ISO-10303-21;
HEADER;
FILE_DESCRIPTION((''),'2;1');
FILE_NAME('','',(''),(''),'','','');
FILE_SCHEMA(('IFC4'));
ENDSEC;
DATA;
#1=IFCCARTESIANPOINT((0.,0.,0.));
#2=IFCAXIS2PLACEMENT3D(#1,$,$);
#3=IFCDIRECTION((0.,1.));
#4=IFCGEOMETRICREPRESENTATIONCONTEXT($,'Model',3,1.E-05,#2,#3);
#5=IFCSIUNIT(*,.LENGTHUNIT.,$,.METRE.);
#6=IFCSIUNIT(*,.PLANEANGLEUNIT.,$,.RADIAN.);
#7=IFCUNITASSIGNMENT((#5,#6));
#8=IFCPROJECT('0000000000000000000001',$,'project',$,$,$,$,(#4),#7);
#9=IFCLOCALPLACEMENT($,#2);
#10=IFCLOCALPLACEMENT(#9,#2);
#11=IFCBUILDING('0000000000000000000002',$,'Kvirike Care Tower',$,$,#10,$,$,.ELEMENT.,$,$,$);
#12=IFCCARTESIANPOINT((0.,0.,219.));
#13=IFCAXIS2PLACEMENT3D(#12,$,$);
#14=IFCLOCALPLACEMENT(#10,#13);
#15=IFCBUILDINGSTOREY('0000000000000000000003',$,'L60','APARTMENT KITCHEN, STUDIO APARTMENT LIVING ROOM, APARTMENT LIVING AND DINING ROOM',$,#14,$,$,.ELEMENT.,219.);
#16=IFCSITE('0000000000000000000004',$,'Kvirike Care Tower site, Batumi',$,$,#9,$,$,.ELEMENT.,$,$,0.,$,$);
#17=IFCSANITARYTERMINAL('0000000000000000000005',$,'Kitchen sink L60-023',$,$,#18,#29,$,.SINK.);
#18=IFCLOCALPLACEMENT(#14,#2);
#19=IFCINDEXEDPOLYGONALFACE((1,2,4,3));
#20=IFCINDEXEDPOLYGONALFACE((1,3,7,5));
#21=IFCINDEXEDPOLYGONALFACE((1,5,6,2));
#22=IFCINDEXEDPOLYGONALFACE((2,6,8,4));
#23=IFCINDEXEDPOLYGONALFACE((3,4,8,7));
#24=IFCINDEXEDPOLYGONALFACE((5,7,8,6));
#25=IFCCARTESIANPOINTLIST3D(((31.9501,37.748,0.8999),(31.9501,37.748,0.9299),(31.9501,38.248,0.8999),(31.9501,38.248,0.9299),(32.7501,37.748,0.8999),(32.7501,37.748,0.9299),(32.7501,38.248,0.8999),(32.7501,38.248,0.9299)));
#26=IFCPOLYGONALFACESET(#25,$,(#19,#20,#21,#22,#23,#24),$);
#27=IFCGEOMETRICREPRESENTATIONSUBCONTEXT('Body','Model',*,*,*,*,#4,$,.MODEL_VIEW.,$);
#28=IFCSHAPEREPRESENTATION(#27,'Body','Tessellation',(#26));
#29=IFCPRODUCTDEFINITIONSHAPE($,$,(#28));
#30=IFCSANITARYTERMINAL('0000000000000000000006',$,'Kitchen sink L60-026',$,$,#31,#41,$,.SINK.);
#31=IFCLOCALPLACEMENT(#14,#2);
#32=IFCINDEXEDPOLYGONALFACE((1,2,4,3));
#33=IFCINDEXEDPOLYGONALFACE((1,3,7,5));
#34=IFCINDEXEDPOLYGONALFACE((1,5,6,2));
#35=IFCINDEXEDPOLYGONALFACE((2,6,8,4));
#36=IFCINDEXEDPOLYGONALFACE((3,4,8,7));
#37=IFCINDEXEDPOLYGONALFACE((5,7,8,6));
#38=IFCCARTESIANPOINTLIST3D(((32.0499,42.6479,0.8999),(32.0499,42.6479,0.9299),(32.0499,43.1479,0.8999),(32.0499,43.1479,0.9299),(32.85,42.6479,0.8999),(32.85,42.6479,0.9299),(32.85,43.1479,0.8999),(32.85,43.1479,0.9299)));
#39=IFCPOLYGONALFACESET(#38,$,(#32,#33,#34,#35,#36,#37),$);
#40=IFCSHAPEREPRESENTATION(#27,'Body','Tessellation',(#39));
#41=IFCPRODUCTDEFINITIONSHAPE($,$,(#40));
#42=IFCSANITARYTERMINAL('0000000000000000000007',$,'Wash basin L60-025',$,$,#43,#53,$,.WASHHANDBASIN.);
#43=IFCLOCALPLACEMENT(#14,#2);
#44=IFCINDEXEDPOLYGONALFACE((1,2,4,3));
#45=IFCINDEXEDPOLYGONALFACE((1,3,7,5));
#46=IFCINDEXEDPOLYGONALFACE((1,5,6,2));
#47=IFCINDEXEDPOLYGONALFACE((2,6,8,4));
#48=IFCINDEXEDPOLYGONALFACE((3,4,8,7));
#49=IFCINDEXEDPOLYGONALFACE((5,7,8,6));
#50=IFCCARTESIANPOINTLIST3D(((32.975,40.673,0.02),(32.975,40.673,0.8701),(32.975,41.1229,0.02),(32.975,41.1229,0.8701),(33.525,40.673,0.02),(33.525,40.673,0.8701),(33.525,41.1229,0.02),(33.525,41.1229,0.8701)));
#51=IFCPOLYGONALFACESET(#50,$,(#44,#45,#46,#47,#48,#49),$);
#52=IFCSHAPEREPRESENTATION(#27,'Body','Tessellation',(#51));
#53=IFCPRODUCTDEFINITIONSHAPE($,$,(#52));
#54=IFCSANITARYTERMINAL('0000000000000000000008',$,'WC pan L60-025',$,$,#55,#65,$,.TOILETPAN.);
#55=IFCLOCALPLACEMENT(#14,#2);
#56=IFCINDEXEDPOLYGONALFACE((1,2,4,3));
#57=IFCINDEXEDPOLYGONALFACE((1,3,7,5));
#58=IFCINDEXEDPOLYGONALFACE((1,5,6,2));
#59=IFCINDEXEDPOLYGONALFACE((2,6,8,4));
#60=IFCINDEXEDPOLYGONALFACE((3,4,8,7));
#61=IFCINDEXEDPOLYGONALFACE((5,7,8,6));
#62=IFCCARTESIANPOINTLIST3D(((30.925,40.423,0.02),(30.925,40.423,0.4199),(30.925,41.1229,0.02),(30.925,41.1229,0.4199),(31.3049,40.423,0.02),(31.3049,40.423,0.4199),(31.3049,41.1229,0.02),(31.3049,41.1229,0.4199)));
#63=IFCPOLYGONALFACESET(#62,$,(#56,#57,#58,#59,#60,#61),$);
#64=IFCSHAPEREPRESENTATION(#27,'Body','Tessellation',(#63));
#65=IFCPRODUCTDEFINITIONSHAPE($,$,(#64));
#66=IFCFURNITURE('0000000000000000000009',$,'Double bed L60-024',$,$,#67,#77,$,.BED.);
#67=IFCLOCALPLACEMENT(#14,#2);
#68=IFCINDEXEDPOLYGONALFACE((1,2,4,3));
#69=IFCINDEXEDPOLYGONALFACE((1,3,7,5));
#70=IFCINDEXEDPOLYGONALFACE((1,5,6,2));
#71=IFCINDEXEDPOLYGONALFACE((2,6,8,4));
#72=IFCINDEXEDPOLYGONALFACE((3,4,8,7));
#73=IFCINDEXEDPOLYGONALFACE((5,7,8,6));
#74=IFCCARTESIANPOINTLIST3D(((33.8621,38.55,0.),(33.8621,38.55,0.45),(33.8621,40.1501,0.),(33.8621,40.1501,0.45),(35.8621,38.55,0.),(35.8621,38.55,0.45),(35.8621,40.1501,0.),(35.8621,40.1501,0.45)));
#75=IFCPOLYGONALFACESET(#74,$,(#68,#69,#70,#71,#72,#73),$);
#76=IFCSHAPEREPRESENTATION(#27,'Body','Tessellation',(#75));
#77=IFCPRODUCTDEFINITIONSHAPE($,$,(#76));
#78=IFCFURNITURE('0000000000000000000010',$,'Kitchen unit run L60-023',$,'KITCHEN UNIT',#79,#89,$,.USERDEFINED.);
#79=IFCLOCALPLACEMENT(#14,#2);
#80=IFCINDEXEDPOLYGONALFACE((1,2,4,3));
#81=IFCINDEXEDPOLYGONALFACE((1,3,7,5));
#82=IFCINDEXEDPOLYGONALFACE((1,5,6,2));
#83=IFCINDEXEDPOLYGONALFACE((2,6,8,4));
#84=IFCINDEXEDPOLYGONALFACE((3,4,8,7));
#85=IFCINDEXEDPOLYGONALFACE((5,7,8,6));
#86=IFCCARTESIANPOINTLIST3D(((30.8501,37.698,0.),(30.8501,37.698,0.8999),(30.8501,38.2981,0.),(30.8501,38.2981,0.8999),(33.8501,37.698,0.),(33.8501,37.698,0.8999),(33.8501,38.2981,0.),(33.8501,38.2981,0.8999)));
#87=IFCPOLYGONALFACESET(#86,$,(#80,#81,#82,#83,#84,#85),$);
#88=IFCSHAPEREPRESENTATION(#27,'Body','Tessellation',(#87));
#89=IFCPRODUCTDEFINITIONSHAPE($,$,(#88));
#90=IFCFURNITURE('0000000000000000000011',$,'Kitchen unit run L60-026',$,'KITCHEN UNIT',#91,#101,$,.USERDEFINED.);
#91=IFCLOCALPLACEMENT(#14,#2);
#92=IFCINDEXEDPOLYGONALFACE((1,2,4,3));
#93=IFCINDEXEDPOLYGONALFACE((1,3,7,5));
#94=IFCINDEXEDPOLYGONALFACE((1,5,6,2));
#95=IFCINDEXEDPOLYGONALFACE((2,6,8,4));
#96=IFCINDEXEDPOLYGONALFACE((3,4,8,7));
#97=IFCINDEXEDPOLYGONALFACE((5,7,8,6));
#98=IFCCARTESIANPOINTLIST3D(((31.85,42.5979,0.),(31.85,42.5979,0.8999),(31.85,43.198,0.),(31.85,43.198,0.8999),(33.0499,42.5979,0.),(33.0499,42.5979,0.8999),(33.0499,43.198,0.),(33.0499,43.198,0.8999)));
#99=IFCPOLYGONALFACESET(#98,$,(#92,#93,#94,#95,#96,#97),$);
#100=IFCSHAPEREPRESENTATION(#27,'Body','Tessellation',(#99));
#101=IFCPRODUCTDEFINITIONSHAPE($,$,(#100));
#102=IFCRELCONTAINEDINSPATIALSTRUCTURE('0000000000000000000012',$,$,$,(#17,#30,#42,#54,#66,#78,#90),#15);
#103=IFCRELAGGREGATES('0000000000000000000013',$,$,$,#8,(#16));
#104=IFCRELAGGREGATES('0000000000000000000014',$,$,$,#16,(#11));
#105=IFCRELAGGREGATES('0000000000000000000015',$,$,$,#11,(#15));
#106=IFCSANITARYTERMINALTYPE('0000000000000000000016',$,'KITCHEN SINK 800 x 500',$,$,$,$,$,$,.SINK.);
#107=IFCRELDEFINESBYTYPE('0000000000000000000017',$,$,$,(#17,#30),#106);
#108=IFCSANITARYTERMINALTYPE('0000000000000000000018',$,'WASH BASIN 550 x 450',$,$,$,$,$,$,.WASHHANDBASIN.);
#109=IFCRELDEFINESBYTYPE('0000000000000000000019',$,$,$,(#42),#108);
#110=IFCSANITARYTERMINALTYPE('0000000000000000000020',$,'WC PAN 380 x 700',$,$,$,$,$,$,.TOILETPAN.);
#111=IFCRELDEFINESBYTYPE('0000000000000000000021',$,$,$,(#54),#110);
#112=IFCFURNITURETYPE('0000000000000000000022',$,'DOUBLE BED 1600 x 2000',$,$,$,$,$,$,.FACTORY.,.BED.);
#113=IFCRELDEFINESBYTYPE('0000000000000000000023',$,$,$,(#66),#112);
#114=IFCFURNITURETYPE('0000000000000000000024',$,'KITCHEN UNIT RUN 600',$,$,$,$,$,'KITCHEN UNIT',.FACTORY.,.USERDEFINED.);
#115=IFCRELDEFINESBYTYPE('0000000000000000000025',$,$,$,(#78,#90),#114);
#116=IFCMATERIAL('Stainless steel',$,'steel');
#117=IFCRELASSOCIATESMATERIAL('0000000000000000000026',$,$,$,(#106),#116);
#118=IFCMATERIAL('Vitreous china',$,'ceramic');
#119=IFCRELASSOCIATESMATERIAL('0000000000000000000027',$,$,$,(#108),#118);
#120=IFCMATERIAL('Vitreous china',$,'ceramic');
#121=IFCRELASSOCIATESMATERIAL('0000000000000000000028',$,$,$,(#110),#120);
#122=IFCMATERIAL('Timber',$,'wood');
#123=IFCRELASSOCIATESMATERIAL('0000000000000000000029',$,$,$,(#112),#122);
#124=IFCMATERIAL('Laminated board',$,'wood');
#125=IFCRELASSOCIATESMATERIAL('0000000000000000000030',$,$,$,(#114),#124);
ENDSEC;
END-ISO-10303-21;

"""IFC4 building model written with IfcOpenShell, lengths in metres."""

from ifc_helpers import new_model, si_unit, direction, frame, origin, origin_2d, place, context, subcontext, project, spatial, rectangle, extrude, material, type_object, element, save


model = new_model("IFC4")

# Units and contexts
model_context = context("Model", 3, precision=1e-05, world=origin(), true_north=direction((0.0, 1.0)))
body_context = subcontext(model_context, "Body", "Model", "MODEL_VIEW")
ifc_project = project(units=[si_unit("LENGTHUNIT", "METRE"), si_unit("PLANEANGLEUNIT", "RADIAN")], contexts=[model_context])

# Site, building, storey
site_placement = place(None, origin())
site = spatial("IfcSite", under=ifc_project, at=site_placement, Name="Kvirike Care Tower site, Batumi", CompositionType="ELEMENT", RefElevation=0.0)
building_placement = place(site_placement, origin())
building = spatial("IfcBuilding", under=site, at=building_placement, Name="Kvirike Care Tower", CompositionType="ELEMENT")
storey_placement = place(building_placement, frame((0.0, 0.0, 219.0)))
storey = spatial("IfcBuildingStorey", under=building, at=storey_placement, Name="L60", Description="APARTMENT KITCHEN, STUDIO APARTMENT LIVING ROOM, APARTMENT LIVING AND DINING ROOM", CompositionType="ELEMENT", Elevation=219.0)

# Sanitary terminals
ifc_material_1 = material(Name="Stainless steel", Category="steel")
sanitary_terminal_type_1 = type_object("IfcSanitaryTerminalType", Name="KITCHEN SINK 800 x 500", PredefinedType="SINK", material=ifc_material_1)
for number, where, z_axis, x_axis, name in (
    (1, (32.3501, 37.998, 0.8999), (0.0, 0.0, 1.0), (1.0, 0.0, 0.0), "Kitchen sink L60-023"),
    (2, (32.45, 42.8979, 0.8999), (0.0, 0.0, 1.0), (1.0, 0.0, 0.0), "Kitchen sink L60-026"),
):
    element("IfcSanitaryTerminal", number, at=place(storey_placement, frame(where, z_axis=z_axis, x_axis=x_axis)), inside=storey, type_object=sanitary_terminal_type_1, Name=name, PredefinedType="SINK", context=body_context, shape_type="SweptSolid", body=[
        extrude(rectangle(XDim=0.8, YDim=0.5, at=origin_2d()), origin(), (0.0, 0.0, 1.0), 0.03),
    ])
ifc_material_2 = material(Name="Vitreous china", Category="ceramic")
sanitary_terminal_type_2 = type_object("IfcSanitaryTerminalType", Name="WASH BASIN 550 x 450", PredefinedType="WASHHANDBASIN", material=ifc_material_2)
sanitary_terminal_1_placement = place(storey_placement, frame((33.25, 40.8979, 0.02), z_axis=(0.0, 0.0, 1.0), x_axis=(1.0, 0.0, 0.0)))
element("IfcSanitaryTerminal", 3, at=sanitary_terminal_1_placement, inside=storey, type_object=sanitary_terminal_type_2, Name="Wash basin L60-025", PredefinedType="WASHHANDBASIN", context=body_context, shape_type="SweptSolid", body=[
    extrude(rectangle(XDim=0.55, YDim=0.45, at=origin_2d()), origin(), (0.0, 0.0, 1.0), 0.8501),
])
ifc_material_3 = material(Name="Vitreous china", Category="ceramic")
sanitary_terminal_type_3 = type_object("IfcSanitaryTerminalType", Name="WC PAN 380 x 700", PredefinedType="TOILETPAN", material=ifc_material_3)
sanitary_terminal_2_placement = place(storey_placement, frame((31.115, 40.7729, 0.02), z_axis=(0.0, 0.0, 1.0), x_axis=(1.0, 0.0, 0.0)))
element("IfcSanitaryTerminal", 4, at=sanitary_terminal_2_placement, inside=storey, type_object=sanitary_terminal_type_3, Name="WC pan L60-025", PredefinedType="TOILETPAN", context=body_context, shape_type="SweptSolid", body=[
    extrude(rectangle(XDim=0.3799, YDim=0.7, at=origin_2d()), origin(), (0.0, 0.0, 1.0), 0.3999),
])

# Furniture
ifc_material_4 = material(Name="Timber", Category="wood")
furniture_type_1 = type_object("IfcFurnitureType", Name="DOUBLE BED 1600 x 2000", AssemblyPlace="FACTORY", PredefinedType="BED", material=ifc_material_4)
furniture_1_placement = place(storey_placement, frame((34.8621, 39.3501, 0.0), z_axis=(0.0, 0.0, 1.0), x_axis=(0.0, 1.0, 0.0)))
element("IfcFurniture", 5, at=furniture_1_placement, inside=storey, type_object=furniture_type_1, Name="Double bed L60-024", PredefinedType="BED", context=body_context, shape_type="SweptSolid", body=[
    extrude(rectangle(XDim=1.6001, YDim=2.0, at=origin_2d()), origin(), (0.0, 0.0, 1.0), 0.45),
])
ifc_material_5 = material(Name="Laminated board", Category="wood")
furniture_type_2 = type_object("IfcFurnitureType", Name="KITCHEN UNIT RUN 600", ElementType="KITCHEN UNIT", AssemblyPlace="FACTORY", PredefinedType="USERDEFINED", material=ifc_material_5)
furniture_2_placement = place(storey_placement, frame((32.3501, 37.998, 0.0), z_axis=(0.0, 0.0, 1.0), x_axis=(1.0, 0.0, 0.0)))
element("IfcFurniture", 6, at=furniture_2_placement, inside=storey, type_object=furniture_type_2, Name="Kitchen unit run L60-023", ObjectType="KITCHEN UNIT", PredefinedType="USERDEFINED", context=body_context, shape_type="SweptSolid", body=[
    extrude(rectangle(XDim=3.0, YDim=0.6001, at=origin_2d()), origin(), (0.0, 0.0, 1.0), 0.8999),
])
furniture_3_placement = place(storey_placement, frame((32.45, 42.8979, 0.0), z_axis=(0.0, 0.0, 1.0), x_axis=(1.0, 0.0, 0.0)))
element("IfcFurniture", 7, at=furniture_3_placement, inside=storey, type_object=furniture_type_2, Name="Kitchen unit run L60-026", ObjectType="KITCHEN UNIT", PredefinedType="USERDEFINED", context=body_context, shape_type="SweptSolid", body=[
    extrude(rectangle(XDim=1.2, YDim=0.6001, at=origin_2d()), origin(), (0.0, 0.0, 1.0), 0.8999),
])

save(model, "model.ifc")
